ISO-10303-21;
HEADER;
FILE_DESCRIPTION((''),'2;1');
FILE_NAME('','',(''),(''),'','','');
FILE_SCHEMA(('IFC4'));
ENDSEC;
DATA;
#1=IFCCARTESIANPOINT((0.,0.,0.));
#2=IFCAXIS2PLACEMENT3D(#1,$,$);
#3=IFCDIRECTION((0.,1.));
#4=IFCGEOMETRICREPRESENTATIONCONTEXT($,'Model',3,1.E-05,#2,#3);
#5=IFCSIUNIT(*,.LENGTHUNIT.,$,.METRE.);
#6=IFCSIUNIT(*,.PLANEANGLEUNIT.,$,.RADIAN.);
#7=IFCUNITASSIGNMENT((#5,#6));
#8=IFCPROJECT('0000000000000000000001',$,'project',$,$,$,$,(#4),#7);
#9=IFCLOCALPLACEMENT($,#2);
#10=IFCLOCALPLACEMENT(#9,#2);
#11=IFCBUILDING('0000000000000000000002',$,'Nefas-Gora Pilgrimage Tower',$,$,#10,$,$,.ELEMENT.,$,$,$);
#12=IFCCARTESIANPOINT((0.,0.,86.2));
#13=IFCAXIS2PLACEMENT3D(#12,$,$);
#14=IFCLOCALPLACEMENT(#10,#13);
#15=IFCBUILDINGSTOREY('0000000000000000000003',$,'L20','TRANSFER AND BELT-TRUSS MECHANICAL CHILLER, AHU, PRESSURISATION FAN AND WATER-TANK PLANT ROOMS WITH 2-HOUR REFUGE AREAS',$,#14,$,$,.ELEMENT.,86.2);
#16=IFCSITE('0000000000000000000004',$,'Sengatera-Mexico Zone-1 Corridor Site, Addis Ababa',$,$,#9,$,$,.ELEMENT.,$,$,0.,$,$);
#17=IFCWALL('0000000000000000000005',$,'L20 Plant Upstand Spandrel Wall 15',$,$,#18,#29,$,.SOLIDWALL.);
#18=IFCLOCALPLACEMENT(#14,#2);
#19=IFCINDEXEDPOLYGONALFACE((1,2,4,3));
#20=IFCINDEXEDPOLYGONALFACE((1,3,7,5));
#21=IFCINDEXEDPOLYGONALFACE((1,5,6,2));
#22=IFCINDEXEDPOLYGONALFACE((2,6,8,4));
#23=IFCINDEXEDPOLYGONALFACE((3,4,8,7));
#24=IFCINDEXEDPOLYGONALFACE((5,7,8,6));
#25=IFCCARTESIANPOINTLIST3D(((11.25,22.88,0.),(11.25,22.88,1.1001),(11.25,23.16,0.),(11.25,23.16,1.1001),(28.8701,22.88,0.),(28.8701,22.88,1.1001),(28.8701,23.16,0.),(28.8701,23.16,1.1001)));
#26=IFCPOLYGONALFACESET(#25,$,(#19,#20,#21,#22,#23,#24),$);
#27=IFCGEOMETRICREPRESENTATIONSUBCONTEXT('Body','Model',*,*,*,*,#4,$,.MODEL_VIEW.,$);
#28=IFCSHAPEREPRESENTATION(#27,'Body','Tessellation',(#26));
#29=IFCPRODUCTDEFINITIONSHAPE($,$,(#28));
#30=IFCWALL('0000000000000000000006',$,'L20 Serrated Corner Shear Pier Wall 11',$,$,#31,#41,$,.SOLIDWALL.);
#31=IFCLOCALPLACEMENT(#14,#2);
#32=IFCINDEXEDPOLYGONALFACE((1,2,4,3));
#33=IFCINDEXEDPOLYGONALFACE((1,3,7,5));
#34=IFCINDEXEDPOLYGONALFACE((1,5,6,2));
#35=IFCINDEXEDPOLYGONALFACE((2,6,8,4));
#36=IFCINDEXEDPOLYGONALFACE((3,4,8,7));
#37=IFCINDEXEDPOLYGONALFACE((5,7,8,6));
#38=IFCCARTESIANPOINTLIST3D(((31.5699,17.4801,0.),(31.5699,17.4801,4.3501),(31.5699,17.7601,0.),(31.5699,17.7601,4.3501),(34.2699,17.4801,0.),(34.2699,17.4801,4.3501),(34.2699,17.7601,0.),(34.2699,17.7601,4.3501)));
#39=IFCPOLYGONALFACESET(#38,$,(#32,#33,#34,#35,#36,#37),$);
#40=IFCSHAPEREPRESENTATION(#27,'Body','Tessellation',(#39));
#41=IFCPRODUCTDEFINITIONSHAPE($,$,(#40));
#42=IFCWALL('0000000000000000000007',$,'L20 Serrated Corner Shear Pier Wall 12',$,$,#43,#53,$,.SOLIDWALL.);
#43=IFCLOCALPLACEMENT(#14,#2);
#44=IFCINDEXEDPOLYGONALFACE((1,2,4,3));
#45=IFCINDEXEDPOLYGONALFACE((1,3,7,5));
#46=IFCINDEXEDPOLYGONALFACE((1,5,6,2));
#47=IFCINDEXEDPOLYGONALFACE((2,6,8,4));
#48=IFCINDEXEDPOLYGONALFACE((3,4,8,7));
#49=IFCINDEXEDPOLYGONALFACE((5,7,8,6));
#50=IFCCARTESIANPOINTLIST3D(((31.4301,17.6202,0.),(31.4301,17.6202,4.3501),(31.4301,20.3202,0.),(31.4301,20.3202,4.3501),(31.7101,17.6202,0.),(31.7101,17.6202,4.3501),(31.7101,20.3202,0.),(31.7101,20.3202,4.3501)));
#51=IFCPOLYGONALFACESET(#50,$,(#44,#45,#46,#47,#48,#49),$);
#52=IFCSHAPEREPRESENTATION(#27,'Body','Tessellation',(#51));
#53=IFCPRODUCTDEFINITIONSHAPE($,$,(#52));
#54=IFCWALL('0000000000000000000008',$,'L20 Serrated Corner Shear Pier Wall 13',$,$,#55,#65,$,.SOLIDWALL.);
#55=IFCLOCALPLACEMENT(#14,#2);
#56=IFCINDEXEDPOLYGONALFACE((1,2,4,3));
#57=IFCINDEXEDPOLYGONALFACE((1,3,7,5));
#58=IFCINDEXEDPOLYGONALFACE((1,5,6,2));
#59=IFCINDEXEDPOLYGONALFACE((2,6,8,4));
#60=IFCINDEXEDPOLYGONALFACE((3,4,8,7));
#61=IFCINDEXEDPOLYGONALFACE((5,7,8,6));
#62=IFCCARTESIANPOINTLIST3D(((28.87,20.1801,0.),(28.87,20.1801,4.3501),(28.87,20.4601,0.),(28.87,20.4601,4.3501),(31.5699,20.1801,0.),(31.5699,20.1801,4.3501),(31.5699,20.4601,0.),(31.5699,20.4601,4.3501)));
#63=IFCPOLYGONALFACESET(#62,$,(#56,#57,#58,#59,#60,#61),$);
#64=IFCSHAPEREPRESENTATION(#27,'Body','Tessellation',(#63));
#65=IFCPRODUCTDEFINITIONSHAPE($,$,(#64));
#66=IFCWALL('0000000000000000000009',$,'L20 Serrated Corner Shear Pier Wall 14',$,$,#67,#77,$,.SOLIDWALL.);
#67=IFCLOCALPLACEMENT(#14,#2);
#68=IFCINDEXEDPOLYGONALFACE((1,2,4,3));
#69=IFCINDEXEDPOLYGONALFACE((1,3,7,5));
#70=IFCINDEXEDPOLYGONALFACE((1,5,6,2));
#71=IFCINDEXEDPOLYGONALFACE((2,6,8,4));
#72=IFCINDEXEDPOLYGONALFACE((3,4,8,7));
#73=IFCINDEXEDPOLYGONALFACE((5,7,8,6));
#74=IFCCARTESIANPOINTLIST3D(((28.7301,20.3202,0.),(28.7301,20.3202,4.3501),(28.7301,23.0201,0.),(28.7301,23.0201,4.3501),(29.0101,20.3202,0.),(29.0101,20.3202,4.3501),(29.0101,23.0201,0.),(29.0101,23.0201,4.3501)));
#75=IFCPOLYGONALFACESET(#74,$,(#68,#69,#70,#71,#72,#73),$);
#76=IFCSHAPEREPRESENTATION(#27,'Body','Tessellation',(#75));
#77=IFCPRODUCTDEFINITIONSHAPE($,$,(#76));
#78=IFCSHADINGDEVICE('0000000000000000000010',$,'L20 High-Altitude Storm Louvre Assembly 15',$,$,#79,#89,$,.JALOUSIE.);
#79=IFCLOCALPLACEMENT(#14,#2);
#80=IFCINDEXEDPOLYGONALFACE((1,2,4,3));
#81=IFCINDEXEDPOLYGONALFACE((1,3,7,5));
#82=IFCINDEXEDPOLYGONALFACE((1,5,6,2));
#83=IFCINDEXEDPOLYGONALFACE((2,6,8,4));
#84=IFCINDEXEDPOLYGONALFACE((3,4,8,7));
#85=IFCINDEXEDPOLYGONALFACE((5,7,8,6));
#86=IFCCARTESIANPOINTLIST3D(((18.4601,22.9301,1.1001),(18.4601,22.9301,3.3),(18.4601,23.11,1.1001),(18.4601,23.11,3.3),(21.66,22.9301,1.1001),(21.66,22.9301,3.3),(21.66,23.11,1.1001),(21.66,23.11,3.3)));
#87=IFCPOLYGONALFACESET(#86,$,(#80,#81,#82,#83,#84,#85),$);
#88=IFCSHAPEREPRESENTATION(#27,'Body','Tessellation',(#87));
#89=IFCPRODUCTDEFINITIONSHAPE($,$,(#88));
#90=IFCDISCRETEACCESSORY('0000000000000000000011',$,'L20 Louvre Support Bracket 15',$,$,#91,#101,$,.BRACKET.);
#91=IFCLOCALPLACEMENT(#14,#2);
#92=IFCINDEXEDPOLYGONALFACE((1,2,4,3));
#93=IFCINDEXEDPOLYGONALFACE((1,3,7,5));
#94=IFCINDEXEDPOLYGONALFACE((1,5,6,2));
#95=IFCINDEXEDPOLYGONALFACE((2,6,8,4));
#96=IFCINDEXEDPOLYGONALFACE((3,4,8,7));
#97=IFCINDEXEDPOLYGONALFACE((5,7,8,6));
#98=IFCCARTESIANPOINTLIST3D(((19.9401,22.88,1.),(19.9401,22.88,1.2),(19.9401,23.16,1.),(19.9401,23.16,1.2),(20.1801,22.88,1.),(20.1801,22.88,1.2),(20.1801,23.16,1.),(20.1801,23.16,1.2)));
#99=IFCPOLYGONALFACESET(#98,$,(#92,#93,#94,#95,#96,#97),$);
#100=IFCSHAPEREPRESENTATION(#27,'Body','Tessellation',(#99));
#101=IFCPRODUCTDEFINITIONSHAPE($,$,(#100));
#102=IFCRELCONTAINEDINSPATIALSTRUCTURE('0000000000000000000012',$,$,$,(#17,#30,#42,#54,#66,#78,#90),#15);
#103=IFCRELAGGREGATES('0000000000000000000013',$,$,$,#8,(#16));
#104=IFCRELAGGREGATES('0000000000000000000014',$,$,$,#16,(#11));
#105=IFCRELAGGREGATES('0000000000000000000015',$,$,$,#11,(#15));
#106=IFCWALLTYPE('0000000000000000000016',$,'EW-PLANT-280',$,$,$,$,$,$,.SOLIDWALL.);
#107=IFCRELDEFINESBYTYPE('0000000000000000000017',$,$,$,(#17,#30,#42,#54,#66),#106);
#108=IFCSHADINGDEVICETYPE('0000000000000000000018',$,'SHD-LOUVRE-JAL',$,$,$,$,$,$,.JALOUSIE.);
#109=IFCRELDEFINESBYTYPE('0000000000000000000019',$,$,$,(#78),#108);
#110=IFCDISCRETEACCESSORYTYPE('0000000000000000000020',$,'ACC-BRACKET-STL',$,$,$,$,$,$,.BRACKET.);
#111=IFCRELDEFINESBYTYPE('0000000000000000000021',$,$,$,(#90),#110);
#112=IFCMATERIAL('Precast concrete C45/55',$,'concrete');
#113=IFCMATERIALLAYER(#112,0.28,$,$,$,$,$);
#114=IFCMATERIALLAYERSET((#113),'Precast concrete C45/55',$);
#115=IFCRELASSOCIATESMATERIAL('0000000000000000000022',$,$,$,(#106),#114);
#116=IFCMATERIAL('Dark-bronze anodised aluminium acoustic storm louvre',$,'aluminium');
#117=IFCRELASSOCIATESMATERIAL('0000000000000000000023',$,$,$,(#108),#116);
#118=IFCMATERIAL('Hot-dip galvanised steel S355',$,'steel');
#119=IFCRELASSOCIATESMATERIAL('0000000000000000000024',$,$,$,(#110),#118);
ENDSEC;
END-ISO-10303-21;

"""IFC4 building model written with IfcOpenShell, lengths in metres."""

from ifc_helpers import new_model, si_unit, direction, frame, frame_2d, origin, origin_2d, place, context, subcontext, project, spatial, rectangle, extrude, source, transform, mapped, material, layer, layer_set, type_object, element, save


model = new_model("IFC4")

# Units and contexts
model_context = context("Model", 3, precision=1e-05, world=origin(), true_north=direction((0.0, 1.0)))
body_context = subcontext(model_context, "Body", "Model", "MODEL_VIEW")
ifc_project = project(units=[si_unit("LENGTHUNIT", "METRE"), si_unit("PLANEANGLEUNIT", "RADIAN")], contexts=[model_context])

# Site, building, storey
site_placement = place(None, origin())
site = spatial("IfcSite", under=ifc_project, at=site_placement, Name="Sengatera-Mexico Zone-1 Corridor Site, Addis Ababa", CompositionType="ELEMENT", RefElevation=0.0)
building_placement = place(site_placement, origin())
building = spatial("IfcBuilding", under=site, at=building_placement, Name="Nefas-Gora Pilgrimage Tower", CompositionType="ELEMENT")
storey_placement = place(building_placement, frame((0.0, 0.0, 86.2)))
storey = spatial("IfcBuildingStorey", under=building, at=storey_placement, Name="L20", Description="TRANSFER AND BELT-TRUSS MECHANICAL CHILLER, AHU, PRESSURISATION FAN AND WATER-TANK PLANT ROOMS WITH 2-HOUR REFUGE AREAS", CompositionType="ELEMENT", Elevation=86.2)

# Walls
ifc_material_1 = material(Name="Precast concrete C45/55", Category="concrete")
ifc_layer_1 = layer(ifc_material_1, 0.28)
ifc_layer_set_1 = layer_set([ifc_layer_1], Name="Precast concrete C45/55")
wall_type = type_object("IfcWallType", Name="EW-PLANT-280", PredefinedType="SOLIDWALL", material=ifc_layer_set_1)
shared_shape_1 = source(origin(), body_context, "Body", "SweptSolid", [
    extrude(rectangle(XDim=17.6201, YDim=0.28, at=frame_2d((8.8101, 0.0))), origin(), (0.0, 0.0, 1.0), 1.1001),
])
wall_placement = place(storey_placement, frame((28.8701, 23.02, 0.0), z_axis=(0.0, 0.0, 1.0), x_axis=(-1.0, 0.0, 0.0)))
element("IfcWall", 1, at=wall_placement, inside=storey, type_object=wall_type, Name="L20 Plant Upstand Spandrel Wall 15", PredefinedType="SOLIDWALL", context=body_context, shape_type="MappedRepresentation", body=[
    mapped(shared_shape_1, transform((0.0, 0.0, 0.0), x_axis=(1.0, 0.0, 0.0), y_axis=(0.0, 1.0, 0.0), z_axis=(0.0, 0.0, 1.0), scale=1.0)),
])
shared_shape_2 = source(origin(), body_context, "Body", "SweptSolid", [
    extrude(rectangle(XDim=2.7, YDim=0.28, at=frame_2d((1.3501, 0.0))), origin(), (0.0, 0.0, 1.0), 4.3501),
])
for number, where, z_axis, x_axis, name in (
    (2, (34.27, 17.6201, 0.0), (0.0, 0.0, 1.0), (-1.0, 0.0, 0.0), "L20 Serrated Corner Shear Pier Wall 11"),
    (3, (31.5701, 17.6201, 0.0), (0.0, 0.0, 1.0), (0.0, 1.0, 0.0), "L20 Serrated Corner Shear Pier Wall 12"),
    (4, (31.5701, 20.3201, 0.0), (0.0, 0.0, 1.0), (-1.0, 0.0, 0.0), "L20 Serrated Corner Shear Pier Wall 13"),
    (5, (28.8701, 20.3201, 0.0), (0.0, 0.0, 1.0), (0.0, 1.0, 0.0), "L20 Serrated Corner Shear Pier Wall 14"),
):
    element("IfcWall", number, at=place(storey_placement, frame(where, z_axis=z_axis, x_axis=x_axis)), inside=storey, type_object=wall_type, Name=name, PredefinedType="SOLIDWALL", context=body_context, shape_type="MappedRepresentation", body=[
        mapped(shared_shape_2, transform((0.0, 0.0, 0.0), x_axis=(1.0, 0.0, 0.0), y_axis=(0.0, 1.0, 0.0), z_axis=(0.0, 0.0, 1.0), scale=1.0)),
    ])

# Shading device
ifc_material_2 = material(Name="Dark-bronze anodised aluminium acoustic storm louvre", Category="aluminium")
shading_device_type = type_object("IfcShadingDeviceType", Name="SHD-LOUVRE-JAL", PredefinedType="JALOUSIE", material=ifc_material_2)
shared_shape_3 = source(origin(), body_context, "Body", "SweptSolid", [
    extrude(rectangle(XDim=3.2, YDim=0.1799, at=origin_2d()), origin(), (0.0, 0.0, 1.0), 2.2),
])
shading_device_placement = place(storey_placement, frame((20.0601, 23.02, 1.1001), z_axis=(0.0, 0.0, 1.0), x_axis=(1.0, 0.0, 0.0)))
element("IfcShadingDevice", 6, at=shading_device_placement, inside=storey, type_object=shading_device_type, Name="L20 High-Altitude Storm Louvre Assembly 15", PredefinedType="JALOUSIE", context=body_context, shape_type="MappedRepresentation", body=[
    mapped(shared_shape_3, transform((0.0, 0.0, 0.0), x_axis=(1.0, 0.0, 0.0), y_axis=(0.0, 1.0, 0.0), z_axis=(0.0, 0.0, 1.0), scale=1.0)),
])

# Discrete accessory
ifc_material_3 = material(Name="Hot-dip galvanised steel S355", Category="steel")
discrete_accessory_type = type_object("IfcDiscreteAccessoryType", Name="ACC-BRACKET-STL", PredefinedType="BRACKET", material=ifc_material_3)
shared_shape_4 = source(origin(), body_context, "Body", "SweptSolid", [
    extrude(rectangle(XDim=0.24, YDim=0.28, at=origin_2d()), origin(), (0.0, 0.0, 1.0), 0.2),
])
discrete_accessory_placement = place(storey_placement, frame((20.0601, 23.02, 1.0), z_axis=(0.0, 0.0, 1.0), x_axis=(1.0, 0.0, 0.0)))
element("IfcDiscreteAccessory", 7, at=discrete_accessory_placement, inside=storey, type_object=discrete_accessory_type, Name="L20 Louvre Support Bracket 15", PredefinedType="BRACKET", context=body_context, shape_type="MappedRepresentation", body=[
    mapped(shared_shape_4, transform((0.0, 0.0, 0.0), x_axis=(1.0, 0.0, 0.0), y_axis=(0.0, 1.0, 0.0), z_axis=(0.0, 0.0, 1.0), scale=1.0)),
])

save(model, "model.ifc")
